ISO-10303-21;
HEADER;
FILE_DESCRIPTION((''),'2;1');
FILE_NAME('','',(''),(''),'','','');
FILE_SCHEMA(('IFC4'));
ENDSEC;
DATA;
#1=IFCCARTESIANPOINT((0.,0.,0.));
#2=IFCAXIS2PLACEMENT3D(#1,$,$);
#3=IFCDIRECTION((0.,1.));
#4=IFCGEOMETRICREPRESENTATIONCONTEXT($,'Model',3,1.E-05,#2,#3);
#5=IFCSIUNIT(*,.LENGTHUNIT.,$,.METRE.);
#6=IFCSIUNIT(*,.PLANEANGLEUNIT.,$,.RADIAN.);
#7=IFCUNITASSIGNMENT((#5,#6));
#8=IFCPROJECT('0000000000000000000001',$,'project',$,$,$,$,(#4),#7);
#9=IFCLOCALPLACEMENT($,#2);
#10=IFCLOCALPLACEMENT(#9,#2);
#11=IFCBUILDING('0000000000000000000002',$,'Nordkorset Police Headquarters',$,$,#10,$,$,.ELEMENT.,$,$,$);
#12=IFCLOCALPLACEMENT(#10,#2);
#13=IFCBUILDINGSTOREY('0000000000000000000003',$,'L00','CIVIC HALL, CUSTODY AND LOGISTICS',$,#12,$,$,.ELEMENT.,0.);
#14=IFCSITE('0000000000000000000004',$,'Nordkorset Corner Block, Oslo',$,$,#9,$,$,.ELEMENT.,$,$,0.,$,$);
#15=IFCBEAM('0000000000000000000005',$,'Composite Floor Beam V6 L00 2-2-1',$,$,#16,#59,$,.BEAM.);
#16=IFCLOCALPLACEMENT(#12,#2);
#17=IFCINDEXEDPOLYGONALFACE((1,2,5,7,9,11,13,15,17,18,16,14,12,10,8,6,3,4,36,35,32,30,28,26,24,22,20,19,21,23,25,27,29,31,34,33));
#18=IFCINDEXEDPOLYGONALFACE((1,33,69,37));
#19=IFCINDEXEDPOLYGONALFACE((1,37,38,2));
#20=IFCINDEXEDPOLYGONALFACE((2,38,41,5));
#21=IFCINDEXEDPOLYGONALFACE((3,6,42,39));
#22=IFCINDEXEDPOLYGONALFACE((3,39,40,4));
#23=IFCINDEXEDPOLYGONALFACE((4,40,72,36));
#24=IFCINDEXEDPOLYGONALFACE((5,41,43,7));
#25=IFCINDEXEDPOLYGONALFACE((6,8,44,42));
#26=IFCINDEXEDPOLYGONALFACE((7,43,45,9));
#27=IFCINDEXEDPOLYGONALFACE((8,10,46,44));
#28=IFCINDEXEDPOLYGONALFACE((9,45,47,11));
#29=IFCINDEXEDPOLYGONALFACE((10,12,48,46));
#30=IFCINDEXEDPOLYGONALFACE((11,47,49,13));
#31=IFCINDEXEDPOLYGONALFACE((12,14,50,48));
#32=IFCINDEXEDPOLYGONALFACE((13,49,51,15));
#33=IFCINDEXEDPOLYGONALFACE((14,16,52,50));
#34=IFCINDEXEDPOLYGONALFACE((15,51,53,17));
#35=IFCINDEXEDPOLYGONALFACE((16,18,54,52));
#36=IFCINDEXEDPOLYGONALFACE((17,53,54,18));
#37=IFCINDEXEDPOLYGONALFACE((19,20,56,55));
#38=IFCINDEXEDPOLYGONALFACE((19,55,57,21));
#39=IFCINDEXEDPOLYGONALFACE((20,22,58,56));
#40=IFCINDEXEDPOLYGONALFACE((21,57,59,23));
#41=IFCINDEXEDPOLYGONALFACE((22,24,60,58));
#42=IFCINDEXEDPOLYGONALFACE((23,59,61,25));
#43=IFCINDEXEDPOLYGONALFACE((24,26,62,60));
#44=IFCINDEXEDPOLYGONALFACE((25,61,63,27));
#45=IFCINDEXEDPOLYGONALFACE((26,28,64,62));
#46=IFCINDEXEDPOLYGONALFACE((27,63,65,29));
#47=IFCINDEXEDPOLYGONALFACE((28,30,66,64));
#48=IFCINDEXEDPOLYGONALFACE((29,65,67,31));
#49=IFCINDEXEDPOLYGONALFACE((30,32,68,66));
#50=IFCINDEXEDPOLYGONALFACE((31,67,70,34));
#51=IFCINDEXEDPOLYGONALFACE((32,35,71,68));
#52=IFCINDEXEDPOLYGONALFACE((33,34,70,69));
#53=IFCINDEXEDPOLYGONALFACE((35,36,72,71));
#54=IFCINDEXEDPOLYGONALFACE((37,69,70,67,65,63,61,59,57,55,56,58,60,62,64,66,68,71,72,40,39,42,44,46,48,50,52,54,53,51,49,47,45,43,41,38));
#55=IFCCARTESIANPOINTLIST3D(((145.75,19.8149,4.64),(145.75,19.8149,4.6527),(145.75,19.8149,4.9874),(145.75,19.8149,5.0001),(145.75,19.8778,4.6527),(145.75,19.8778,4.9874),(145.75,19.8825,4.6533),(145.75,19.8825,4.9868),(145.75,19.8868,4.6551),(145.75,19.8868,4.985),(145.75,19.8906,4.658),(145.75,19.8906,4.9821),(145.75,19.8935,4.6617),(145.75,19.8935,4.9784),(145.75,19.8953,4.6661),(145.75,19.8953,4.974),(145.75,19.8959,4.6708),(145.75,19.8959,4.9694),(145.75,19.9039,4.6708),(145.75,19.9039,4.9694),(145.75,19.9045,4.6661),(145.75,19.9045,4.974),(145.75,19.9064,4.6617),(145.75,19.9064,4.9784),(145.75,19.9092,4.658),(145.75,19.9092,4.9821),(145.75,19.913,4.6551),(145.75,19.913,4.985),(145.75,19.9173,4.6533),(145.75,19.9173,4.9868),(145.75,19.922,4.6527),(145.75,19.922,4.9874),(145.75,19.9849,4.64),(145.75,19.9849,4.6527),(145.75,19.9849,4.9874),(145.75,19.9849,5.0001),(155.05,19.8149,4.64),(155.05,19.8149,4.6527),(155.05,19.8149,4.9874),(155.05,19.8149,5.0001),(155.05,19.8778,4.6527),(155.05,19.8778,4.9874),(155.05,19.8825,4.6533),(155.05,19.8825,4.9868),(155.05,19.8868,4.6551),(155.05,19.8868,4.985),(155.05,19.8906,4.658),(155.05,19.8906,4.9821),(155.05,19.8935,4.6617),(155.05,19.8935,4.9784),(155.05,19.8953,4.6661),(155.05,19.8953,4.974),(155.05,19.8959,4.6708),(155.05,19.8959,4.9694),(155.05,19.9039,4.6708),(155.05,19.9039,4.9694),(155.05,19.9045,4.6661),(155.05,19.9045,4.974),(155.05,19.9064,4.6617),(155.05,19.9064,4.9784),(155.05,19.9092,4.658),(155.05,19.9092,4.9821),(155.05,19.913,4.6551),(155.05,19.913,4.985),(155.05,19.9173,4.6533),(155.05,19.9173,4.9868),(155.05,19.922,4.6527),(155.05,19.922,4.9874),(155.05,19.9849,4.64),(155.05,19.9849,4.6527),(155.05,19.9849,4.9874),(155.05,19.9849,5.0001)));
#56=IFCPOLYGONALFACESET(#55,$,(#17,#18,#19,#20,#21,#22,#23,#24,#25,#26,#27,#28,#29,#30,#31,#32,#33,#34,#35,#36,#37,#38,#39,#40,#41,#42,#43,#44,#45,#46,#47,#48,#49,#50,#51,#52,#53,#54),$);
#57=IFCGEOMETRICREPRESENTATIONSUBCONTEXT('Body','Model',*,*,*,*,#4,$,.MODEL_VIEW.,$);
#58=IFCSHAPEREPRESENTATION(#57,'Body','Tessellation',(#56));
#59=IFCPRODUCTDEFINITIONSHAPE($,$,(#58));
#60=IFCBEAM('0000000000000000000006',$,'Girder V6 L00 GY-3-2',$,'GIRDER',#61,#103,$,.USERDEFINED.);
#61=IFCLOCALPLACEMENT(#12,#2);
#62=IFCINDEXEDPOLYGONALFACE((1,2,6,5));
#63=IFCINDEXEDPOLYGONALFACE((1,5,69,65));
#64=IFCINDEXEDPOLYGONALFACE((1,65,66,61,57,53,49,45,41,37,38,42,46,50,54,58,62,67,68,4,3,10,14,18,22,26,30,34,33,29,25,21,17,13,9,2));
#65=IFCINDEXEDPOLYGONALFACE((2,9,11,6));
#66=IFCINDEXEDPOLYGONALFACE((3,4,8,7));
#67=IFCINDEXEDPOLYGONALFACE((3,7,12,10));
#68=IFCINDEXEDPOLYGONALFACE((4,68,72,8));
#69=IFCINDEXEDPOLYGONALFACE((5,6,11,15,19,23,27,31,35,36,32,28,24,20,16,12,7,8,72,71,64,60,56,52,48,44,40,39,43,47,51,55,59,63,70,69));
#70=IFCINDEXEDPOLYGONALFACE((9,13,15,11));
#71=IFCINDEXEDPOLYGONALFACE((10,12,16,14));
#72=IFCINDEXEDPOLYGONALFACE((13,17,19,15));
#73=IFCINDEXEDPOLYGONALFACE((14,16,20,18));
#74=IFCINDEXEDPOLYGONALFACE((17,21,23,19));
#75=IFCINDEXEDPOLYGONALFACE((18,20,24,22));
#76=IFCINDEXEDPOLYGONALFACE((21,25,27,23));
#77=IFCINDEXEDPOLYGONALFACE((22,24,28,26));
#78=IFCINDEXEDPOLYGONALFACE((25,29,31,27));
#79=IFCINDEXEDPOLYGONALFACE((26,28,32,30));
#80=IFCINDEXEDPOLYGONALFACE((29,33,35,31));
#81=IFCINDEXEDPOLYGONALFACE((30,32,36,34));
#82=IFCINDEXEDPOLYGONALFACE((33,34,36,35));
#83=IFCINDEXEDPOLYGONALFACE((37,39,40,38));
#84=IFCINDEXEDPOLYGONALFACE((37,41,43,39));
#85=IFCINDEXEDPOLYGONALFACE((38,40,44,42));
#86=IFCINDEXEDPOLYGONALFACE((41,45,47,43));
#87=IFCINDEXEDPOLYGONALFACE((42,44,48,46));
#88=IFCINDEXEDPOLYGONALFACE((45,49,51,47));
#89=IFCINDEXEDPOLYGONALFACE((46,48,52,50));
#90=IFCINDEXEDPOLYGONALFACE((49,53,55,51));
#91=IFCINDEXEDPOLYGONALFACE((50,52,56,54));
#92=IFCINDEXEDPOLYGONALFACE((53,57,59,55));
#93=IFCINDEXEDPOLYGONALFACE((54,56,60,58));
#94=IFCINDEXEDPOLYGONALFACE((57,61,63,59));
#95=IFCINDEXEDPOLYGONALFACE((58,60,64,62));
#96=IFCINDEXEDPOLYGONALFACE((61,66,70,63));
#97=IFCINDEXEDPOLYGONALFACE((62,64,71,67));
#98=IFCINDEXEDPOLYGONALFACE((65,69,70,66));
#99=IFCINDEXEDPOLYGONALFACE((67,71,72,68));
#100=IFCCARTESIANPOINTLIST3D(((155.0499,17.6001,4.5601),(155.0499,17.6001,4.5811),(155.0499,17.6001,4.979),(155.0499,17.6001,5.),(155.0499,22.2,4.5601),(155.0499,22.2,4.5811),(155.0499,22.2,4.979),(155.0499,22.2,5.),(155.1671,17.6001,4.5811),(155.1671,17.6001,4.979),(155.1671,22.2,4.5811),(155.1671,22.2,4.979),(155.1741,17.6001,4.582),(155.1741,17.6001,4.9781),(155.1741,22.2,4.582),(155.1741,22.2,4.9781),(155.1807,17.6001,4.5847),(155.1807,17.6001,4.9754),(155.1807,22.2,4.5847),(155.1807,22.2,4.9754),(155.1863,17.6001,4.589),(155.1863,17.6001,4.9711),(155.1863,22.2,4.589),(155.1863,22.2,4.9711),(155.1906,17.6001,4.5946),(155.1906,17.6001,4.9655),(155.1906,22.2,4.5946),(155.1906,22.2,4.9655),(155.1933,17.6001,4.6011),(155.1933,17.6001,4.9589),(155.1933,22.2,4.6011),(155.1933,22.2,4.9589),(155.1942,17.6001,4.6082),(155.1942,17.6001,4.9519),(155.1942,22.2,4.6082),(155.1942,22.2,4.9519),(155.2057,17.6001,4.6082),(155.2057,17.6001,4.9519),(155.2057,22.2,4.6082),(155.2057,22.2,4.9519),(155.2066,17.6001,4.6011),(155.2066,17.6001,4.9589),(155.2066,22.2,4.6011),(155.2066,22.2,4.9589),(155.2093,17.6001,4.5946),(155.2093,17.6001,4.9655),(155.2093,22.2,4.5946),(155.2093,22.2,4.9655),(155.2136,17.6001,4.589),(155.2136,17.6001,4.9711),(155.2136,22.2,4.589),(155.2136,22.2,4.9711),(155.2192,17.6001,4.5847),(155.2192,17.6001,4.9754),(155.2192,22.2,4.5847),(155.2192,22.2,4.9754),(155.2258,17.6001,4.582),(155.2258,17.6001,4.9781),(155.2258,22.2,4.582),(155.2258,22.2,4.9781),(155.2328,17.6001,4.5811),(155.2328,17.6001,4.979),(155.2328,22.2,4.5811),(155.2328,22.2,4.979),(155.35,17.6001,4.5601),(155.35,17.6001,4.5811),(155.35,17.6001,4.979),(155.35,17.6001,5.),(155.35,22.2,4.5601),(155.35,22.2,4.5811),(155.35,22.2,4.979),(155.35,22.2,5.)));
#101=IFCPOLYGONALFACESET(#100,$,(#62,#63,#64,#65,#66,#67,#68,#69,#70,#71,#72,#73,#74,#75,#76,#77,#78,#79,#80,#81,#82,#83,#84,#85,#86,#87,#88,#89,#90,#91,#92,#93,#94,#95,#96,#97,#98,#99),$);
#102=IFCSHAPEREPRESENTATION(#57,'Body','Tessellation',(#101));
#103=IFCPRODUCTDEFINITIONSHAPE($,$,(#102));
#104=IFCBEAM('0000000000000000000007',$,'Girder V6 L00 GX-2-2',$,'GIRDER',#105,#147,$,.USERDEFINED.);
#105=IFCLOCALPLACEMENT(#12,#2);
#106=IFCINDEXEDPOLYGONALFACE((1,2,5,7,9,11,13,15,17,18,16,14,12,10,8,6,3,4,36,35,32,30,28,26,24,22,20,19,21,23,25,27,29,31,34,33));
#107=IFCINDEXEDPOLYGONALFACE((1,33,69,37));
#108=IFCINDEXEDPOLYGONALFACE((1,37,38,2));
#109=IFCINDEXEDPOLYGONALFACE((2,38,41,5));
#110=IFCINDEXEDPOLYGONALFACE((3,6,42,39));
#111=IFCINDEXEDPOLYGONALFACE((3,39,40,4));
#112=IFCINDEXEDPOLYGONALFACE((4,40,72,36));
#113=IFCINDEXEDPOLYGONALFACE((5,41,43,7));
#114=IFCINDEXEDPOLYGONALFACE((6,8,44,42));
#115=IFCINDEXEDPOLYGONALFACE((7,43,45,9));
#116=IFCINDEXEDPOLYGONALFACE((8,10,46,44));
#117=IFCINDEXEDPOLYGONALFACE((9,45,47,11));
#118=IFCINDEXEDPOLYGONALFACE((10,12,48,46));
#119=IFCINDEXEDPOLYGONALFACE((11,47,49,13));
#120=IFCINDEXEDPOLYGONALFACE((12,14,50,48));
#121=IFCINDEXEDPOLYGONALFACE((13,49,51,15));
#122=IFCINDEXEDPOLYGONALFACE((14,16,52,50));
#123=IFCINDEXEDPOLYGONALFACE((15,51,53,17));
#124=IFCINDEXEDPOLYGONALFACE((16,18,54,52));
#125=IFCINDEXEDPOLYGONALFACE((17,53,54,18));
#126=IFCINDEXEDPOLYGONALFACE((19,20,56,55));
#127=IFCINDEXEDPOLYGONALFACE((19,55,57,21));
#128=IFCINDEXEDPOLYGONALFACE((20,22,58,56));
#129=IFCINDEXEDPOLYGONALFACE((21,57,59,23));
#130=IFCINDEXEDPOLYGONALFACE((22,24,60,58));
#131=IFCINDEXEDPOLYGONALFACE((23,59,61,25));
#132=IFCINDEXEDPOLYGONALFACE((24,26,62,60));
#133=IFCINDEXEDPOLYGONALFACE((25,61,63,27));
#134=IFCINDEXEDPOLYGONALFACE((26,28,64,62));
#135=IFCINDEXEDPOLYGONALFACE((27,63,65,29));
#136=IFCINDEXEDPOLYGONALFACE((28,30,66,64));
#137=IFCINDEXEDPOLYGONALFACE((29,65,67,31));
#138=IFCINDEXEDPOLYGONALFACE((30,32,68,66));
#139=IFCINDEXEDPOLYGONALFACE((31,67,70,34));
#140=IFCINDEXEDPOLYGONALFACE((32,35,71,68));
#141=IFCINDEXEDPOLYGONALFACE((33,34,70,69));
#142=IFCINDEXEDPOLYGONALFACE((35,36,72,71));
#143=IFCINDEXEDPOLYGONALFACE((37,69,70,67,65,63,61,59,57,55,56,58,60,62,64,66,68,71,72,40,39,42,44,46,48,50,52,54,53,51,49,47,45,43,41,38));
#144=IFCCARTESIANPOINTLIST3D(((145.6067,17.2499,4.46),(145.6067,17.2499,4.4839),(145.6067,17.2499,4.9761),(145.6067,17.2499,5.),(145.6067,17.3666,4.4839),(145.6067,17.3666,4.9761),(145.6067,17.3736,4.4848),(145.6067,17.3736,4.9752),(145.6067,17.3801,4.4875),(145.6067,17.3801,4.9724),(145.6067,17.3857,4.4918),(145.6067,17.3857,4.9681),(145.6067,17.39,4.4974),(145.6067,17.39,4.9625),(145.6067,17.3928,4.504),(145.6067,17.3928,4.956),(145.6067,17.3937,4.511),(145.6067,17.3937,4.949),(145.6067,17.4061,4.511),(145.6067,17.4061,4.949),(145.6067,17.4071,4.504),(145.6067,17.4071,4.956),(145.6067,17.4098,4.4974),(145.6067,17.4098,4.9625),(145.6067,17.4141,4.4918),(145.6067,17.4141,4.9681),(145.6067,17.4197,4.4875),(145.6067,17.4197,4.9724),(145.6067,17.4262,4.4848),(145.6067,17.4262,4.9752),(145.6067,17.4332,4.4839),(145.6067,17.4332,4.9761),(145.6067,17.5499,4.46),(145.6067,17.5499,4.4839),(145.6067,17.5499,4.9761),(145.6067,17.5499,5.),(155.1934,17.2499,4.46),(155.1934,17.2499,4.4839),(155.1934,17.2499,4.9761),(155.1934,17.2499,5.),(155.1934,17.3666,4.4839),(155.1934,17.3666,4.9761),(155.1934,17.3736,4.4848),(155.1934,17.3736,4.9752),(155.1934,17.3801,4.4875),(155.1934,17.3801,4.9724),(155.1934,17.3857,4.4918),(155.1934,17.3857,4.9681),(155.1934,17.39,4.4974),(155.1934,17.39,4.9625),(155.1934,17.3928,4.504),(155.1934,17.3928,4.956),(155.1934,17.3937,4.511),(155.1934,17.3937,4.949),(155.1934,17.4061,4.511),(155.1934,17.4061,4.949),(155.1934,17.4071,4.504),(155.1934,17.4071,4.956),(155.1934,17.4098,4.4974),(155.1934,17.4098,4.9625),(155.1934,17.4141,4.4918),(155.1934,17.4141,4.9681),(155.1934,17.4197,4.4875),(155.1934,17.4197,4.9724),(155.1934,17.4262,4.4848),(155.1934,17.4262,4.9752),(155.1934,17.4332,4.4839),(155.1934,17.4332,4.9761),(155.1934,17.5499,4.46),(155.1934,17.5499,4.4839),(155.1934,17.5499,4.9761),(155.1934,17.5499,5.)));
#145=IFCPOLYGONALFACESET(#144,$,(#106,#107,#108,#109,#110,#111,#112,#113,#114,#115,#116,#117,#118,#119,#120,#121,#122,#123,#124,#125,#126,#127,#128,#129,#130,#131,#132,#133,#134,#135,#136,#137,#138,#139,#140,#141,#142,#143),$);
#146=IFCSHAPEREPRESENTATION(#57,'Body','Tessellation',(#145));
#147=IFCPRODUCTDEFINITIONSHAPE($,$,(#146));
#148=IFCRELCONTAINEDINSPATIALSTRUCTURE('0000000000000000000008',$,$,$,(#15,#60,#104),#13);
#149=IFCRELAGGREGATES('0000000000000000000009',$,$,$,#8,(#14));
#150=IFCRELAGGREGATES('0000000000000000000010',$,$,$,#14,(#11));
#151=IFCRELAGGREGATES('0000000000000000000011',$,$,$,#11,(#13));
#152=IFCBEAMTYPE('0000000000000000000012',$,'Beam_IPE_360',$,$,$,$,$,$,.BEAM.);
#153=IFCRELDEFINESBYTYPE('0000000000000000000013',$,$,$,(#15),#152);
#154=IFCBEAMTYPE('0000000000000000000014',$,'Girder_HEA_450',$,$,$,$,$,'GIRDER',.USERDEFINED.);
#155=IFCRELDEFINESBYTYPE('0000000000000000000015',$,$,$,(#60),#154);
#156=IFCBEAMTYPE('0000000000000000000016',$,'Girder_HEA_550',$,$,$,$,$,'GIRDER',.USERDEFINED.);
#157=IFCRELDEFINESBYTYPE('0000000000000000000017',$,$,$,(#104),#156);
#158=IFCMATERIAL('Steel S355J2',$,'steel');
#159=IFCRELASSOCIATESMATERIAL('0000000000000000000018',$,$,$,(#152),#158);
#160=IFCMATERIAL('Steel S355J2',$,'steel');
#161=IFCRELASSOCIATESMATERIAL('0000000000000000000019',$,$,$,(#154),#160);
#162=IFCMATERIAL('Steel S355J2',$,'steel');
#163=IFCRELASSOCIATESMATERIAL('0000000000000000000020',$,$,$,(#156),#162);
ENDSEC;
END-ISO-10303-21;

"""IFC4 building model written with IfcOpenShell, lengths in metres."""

from ifc_helpers import new_model, si_unit, direction, frame, origin, origin_2d, place, context, subcontext, project, spatial, i_section, extrude, material, material_profile, profile_set, type_object, element, save


model = new_model("IFC4")

# Units and contexts
model_context = context("Model", 3, precision=1e-05, world=origin(), true_north=direction((0.0, 1.0)))
body_context = subcontext(model_context, "Body", "Model", "MODEL_VIEW")
ifc_project = project(units=[si_unit("LENGTHUNIT", "METRE"), si_unit("PLANEANGLEUNIT", "RADIAN")], contexts=[model_context])

# Site, building, storey
site_placement = place(None, origin())
site = spatial("IfcSite", under=ifc_project, at=site_placement, Name="Nordkorset Corner Block, Oslo", CompositionType="ELEMENT", RefElevation=0.0)
building_placement = place(site_placement, origin())
building = spatial("IfcBuilding", under=site, at=building_placement, Name="Nordkorset Police Headquarters", CompositionType="ELEMENT")
storey_placement = place(building_placement, origin())
storey = spatial("IfcBuildingStorey", under=building, at=storey_placement, Name="L00", Description="CIVIC HALL, CUSTODY AND LOGISTICS", CompositionType="ELEMENT", Elevation=0.0)

# Beams
ifc_material_1 = material(Name="Steel S355J2", Category="steel")
ifc_material_profile_1 = material_profile(ifc_material_1, i_section(OverallWidth=0.1699, OverallDepth=0.3601, WebThickness=0.0081, FlangeThickness=0.0127, FilletRadius=0.0181, at=origin_2d()), Name="IPE 360")
ifc_profile_set_1 = profile_set([ifc_material_profile_1], Name="Steel S355J2")
beam_type_1 = type_object("IfcBeamType", Name="Beam_IPE_360", PredefinedType="BEAM", material=ifc_profile_set_1)
for number, where, z_axis, x_axis, name in (
    (1, (145.75, 19.8999, 4.8201), (1.0, 0.0, 0.0), (0.0, 1.0, 0.0), "Composite Floor Beam V6 L00 2-2-1"),
):
    element("IfcBeam", number, at=place(storey_placement, frame(where, z_axis=z_axis, x_axis=x_axis)), inside=storey, type_object=beam_type_1, Name=name, PredefinedType="BEAM", context=body_context, shape_type="SweptSolid", body=[
        extrude(i_section(OverallWidth=0.1699, OverallDepth=0.3601, WebThickness=0.0081, FlangeThickness=0.0127, FilletRadius=0.0181, at=origin_2d()), origin(), (0.0, 0.0, 1.0), 9.3),
    ])
ifc_material_2 = material(Name="Steel S355J2", Category="steel")
ifc_material_profile_2 = material_profile(ifc_material_2, i_section(OverallWidth=0.3, OverallDepth=0.4399, WebThickness=0.0115, FlangeThickness=0.021, FilletRadius=0.0271, at=origin_2d()), Name="HEA 450")
ifc_profile_set_2 = profile_set([ifc_material_profile_2], Name="Steel S355J2")
beam_type_2 = type_object("IfcBeamType", Name="Girder_HEA_450", ElementType="GIRDER", PredefinedType="USERDEFINED", material=ifc_profile_set_2)
beam_1_placement = place(storey_placement, frame((155.2, 17.6001, 4.78), z_axis=(0.0, 1.0, 0.0), x_axis=(-1.0, 0.0, 0.0)))
element("IfcBeam", 2, at=beam_1_placement, inside=storey, type_object=beam_type_2, Name="Girder V6 L00 GY-3-2", ObjectType="GIRDER", PredefinedType="USERDEFINED", context=body_context, shape_type="SweptSolid", body=[
    extrude(i_section(OverallWidth=0.3, OverallDepth=0.4399, WebThickness=0.0115, FlangeThickness=0.021, FilletRadius=0.0271, at=origin_2d()), origin(), (0.0, 0.0, 1.0), 4.5999),
])
ifc_material_3 = material(Name="Steel S355J2", Category="steel")
ifc_material_profile_3 = material_profile(ifc_material_3, i_section(OverallWidth=0.3, OverallDepth=0.54, WebThickness=0.0125, FlangeThickness=0.0239, FilletRadius=0.0271, at=origin_2d()), Name="HEA 550")
ifc_profile_set_3 = profile_set([ifc_material_profile_3], Name="Steel S355J2")
beam_type_3 = type_object("IfcBeamType", Name="Girder_HEA_550", ElementType="GIRDER", PredefinedType="USERDEFINED", material=ifc_profile_set_3)
beam_2_placement = place(storey_placement, frame((145.6067, 17.3999, 4.73), z_axis=(1.0, 0.0, 0.0), x_axis=(0.0, 1.0, 0.0)))
element("IfcBeam", 3, at=beam_2_placement, inside=storey, type_object=beam_type_3, Name="Girder V6 L00 GX-2-2", ObjectType="GIRDER", PredefinedType="USERDEFINED", context=body_context, shape_type="SweptSolid", body=[
    extrude(i_section(OverallWidth=0.3, OverallDepth=0.54, WebThickness=0.0125, FlangeThickness=0.0239, FilletRadius=0.0271, at=origin_2d()), origin(), (0.0, 0.0, 1.0), 9.5867),
])

save(model, "model.ifc")
